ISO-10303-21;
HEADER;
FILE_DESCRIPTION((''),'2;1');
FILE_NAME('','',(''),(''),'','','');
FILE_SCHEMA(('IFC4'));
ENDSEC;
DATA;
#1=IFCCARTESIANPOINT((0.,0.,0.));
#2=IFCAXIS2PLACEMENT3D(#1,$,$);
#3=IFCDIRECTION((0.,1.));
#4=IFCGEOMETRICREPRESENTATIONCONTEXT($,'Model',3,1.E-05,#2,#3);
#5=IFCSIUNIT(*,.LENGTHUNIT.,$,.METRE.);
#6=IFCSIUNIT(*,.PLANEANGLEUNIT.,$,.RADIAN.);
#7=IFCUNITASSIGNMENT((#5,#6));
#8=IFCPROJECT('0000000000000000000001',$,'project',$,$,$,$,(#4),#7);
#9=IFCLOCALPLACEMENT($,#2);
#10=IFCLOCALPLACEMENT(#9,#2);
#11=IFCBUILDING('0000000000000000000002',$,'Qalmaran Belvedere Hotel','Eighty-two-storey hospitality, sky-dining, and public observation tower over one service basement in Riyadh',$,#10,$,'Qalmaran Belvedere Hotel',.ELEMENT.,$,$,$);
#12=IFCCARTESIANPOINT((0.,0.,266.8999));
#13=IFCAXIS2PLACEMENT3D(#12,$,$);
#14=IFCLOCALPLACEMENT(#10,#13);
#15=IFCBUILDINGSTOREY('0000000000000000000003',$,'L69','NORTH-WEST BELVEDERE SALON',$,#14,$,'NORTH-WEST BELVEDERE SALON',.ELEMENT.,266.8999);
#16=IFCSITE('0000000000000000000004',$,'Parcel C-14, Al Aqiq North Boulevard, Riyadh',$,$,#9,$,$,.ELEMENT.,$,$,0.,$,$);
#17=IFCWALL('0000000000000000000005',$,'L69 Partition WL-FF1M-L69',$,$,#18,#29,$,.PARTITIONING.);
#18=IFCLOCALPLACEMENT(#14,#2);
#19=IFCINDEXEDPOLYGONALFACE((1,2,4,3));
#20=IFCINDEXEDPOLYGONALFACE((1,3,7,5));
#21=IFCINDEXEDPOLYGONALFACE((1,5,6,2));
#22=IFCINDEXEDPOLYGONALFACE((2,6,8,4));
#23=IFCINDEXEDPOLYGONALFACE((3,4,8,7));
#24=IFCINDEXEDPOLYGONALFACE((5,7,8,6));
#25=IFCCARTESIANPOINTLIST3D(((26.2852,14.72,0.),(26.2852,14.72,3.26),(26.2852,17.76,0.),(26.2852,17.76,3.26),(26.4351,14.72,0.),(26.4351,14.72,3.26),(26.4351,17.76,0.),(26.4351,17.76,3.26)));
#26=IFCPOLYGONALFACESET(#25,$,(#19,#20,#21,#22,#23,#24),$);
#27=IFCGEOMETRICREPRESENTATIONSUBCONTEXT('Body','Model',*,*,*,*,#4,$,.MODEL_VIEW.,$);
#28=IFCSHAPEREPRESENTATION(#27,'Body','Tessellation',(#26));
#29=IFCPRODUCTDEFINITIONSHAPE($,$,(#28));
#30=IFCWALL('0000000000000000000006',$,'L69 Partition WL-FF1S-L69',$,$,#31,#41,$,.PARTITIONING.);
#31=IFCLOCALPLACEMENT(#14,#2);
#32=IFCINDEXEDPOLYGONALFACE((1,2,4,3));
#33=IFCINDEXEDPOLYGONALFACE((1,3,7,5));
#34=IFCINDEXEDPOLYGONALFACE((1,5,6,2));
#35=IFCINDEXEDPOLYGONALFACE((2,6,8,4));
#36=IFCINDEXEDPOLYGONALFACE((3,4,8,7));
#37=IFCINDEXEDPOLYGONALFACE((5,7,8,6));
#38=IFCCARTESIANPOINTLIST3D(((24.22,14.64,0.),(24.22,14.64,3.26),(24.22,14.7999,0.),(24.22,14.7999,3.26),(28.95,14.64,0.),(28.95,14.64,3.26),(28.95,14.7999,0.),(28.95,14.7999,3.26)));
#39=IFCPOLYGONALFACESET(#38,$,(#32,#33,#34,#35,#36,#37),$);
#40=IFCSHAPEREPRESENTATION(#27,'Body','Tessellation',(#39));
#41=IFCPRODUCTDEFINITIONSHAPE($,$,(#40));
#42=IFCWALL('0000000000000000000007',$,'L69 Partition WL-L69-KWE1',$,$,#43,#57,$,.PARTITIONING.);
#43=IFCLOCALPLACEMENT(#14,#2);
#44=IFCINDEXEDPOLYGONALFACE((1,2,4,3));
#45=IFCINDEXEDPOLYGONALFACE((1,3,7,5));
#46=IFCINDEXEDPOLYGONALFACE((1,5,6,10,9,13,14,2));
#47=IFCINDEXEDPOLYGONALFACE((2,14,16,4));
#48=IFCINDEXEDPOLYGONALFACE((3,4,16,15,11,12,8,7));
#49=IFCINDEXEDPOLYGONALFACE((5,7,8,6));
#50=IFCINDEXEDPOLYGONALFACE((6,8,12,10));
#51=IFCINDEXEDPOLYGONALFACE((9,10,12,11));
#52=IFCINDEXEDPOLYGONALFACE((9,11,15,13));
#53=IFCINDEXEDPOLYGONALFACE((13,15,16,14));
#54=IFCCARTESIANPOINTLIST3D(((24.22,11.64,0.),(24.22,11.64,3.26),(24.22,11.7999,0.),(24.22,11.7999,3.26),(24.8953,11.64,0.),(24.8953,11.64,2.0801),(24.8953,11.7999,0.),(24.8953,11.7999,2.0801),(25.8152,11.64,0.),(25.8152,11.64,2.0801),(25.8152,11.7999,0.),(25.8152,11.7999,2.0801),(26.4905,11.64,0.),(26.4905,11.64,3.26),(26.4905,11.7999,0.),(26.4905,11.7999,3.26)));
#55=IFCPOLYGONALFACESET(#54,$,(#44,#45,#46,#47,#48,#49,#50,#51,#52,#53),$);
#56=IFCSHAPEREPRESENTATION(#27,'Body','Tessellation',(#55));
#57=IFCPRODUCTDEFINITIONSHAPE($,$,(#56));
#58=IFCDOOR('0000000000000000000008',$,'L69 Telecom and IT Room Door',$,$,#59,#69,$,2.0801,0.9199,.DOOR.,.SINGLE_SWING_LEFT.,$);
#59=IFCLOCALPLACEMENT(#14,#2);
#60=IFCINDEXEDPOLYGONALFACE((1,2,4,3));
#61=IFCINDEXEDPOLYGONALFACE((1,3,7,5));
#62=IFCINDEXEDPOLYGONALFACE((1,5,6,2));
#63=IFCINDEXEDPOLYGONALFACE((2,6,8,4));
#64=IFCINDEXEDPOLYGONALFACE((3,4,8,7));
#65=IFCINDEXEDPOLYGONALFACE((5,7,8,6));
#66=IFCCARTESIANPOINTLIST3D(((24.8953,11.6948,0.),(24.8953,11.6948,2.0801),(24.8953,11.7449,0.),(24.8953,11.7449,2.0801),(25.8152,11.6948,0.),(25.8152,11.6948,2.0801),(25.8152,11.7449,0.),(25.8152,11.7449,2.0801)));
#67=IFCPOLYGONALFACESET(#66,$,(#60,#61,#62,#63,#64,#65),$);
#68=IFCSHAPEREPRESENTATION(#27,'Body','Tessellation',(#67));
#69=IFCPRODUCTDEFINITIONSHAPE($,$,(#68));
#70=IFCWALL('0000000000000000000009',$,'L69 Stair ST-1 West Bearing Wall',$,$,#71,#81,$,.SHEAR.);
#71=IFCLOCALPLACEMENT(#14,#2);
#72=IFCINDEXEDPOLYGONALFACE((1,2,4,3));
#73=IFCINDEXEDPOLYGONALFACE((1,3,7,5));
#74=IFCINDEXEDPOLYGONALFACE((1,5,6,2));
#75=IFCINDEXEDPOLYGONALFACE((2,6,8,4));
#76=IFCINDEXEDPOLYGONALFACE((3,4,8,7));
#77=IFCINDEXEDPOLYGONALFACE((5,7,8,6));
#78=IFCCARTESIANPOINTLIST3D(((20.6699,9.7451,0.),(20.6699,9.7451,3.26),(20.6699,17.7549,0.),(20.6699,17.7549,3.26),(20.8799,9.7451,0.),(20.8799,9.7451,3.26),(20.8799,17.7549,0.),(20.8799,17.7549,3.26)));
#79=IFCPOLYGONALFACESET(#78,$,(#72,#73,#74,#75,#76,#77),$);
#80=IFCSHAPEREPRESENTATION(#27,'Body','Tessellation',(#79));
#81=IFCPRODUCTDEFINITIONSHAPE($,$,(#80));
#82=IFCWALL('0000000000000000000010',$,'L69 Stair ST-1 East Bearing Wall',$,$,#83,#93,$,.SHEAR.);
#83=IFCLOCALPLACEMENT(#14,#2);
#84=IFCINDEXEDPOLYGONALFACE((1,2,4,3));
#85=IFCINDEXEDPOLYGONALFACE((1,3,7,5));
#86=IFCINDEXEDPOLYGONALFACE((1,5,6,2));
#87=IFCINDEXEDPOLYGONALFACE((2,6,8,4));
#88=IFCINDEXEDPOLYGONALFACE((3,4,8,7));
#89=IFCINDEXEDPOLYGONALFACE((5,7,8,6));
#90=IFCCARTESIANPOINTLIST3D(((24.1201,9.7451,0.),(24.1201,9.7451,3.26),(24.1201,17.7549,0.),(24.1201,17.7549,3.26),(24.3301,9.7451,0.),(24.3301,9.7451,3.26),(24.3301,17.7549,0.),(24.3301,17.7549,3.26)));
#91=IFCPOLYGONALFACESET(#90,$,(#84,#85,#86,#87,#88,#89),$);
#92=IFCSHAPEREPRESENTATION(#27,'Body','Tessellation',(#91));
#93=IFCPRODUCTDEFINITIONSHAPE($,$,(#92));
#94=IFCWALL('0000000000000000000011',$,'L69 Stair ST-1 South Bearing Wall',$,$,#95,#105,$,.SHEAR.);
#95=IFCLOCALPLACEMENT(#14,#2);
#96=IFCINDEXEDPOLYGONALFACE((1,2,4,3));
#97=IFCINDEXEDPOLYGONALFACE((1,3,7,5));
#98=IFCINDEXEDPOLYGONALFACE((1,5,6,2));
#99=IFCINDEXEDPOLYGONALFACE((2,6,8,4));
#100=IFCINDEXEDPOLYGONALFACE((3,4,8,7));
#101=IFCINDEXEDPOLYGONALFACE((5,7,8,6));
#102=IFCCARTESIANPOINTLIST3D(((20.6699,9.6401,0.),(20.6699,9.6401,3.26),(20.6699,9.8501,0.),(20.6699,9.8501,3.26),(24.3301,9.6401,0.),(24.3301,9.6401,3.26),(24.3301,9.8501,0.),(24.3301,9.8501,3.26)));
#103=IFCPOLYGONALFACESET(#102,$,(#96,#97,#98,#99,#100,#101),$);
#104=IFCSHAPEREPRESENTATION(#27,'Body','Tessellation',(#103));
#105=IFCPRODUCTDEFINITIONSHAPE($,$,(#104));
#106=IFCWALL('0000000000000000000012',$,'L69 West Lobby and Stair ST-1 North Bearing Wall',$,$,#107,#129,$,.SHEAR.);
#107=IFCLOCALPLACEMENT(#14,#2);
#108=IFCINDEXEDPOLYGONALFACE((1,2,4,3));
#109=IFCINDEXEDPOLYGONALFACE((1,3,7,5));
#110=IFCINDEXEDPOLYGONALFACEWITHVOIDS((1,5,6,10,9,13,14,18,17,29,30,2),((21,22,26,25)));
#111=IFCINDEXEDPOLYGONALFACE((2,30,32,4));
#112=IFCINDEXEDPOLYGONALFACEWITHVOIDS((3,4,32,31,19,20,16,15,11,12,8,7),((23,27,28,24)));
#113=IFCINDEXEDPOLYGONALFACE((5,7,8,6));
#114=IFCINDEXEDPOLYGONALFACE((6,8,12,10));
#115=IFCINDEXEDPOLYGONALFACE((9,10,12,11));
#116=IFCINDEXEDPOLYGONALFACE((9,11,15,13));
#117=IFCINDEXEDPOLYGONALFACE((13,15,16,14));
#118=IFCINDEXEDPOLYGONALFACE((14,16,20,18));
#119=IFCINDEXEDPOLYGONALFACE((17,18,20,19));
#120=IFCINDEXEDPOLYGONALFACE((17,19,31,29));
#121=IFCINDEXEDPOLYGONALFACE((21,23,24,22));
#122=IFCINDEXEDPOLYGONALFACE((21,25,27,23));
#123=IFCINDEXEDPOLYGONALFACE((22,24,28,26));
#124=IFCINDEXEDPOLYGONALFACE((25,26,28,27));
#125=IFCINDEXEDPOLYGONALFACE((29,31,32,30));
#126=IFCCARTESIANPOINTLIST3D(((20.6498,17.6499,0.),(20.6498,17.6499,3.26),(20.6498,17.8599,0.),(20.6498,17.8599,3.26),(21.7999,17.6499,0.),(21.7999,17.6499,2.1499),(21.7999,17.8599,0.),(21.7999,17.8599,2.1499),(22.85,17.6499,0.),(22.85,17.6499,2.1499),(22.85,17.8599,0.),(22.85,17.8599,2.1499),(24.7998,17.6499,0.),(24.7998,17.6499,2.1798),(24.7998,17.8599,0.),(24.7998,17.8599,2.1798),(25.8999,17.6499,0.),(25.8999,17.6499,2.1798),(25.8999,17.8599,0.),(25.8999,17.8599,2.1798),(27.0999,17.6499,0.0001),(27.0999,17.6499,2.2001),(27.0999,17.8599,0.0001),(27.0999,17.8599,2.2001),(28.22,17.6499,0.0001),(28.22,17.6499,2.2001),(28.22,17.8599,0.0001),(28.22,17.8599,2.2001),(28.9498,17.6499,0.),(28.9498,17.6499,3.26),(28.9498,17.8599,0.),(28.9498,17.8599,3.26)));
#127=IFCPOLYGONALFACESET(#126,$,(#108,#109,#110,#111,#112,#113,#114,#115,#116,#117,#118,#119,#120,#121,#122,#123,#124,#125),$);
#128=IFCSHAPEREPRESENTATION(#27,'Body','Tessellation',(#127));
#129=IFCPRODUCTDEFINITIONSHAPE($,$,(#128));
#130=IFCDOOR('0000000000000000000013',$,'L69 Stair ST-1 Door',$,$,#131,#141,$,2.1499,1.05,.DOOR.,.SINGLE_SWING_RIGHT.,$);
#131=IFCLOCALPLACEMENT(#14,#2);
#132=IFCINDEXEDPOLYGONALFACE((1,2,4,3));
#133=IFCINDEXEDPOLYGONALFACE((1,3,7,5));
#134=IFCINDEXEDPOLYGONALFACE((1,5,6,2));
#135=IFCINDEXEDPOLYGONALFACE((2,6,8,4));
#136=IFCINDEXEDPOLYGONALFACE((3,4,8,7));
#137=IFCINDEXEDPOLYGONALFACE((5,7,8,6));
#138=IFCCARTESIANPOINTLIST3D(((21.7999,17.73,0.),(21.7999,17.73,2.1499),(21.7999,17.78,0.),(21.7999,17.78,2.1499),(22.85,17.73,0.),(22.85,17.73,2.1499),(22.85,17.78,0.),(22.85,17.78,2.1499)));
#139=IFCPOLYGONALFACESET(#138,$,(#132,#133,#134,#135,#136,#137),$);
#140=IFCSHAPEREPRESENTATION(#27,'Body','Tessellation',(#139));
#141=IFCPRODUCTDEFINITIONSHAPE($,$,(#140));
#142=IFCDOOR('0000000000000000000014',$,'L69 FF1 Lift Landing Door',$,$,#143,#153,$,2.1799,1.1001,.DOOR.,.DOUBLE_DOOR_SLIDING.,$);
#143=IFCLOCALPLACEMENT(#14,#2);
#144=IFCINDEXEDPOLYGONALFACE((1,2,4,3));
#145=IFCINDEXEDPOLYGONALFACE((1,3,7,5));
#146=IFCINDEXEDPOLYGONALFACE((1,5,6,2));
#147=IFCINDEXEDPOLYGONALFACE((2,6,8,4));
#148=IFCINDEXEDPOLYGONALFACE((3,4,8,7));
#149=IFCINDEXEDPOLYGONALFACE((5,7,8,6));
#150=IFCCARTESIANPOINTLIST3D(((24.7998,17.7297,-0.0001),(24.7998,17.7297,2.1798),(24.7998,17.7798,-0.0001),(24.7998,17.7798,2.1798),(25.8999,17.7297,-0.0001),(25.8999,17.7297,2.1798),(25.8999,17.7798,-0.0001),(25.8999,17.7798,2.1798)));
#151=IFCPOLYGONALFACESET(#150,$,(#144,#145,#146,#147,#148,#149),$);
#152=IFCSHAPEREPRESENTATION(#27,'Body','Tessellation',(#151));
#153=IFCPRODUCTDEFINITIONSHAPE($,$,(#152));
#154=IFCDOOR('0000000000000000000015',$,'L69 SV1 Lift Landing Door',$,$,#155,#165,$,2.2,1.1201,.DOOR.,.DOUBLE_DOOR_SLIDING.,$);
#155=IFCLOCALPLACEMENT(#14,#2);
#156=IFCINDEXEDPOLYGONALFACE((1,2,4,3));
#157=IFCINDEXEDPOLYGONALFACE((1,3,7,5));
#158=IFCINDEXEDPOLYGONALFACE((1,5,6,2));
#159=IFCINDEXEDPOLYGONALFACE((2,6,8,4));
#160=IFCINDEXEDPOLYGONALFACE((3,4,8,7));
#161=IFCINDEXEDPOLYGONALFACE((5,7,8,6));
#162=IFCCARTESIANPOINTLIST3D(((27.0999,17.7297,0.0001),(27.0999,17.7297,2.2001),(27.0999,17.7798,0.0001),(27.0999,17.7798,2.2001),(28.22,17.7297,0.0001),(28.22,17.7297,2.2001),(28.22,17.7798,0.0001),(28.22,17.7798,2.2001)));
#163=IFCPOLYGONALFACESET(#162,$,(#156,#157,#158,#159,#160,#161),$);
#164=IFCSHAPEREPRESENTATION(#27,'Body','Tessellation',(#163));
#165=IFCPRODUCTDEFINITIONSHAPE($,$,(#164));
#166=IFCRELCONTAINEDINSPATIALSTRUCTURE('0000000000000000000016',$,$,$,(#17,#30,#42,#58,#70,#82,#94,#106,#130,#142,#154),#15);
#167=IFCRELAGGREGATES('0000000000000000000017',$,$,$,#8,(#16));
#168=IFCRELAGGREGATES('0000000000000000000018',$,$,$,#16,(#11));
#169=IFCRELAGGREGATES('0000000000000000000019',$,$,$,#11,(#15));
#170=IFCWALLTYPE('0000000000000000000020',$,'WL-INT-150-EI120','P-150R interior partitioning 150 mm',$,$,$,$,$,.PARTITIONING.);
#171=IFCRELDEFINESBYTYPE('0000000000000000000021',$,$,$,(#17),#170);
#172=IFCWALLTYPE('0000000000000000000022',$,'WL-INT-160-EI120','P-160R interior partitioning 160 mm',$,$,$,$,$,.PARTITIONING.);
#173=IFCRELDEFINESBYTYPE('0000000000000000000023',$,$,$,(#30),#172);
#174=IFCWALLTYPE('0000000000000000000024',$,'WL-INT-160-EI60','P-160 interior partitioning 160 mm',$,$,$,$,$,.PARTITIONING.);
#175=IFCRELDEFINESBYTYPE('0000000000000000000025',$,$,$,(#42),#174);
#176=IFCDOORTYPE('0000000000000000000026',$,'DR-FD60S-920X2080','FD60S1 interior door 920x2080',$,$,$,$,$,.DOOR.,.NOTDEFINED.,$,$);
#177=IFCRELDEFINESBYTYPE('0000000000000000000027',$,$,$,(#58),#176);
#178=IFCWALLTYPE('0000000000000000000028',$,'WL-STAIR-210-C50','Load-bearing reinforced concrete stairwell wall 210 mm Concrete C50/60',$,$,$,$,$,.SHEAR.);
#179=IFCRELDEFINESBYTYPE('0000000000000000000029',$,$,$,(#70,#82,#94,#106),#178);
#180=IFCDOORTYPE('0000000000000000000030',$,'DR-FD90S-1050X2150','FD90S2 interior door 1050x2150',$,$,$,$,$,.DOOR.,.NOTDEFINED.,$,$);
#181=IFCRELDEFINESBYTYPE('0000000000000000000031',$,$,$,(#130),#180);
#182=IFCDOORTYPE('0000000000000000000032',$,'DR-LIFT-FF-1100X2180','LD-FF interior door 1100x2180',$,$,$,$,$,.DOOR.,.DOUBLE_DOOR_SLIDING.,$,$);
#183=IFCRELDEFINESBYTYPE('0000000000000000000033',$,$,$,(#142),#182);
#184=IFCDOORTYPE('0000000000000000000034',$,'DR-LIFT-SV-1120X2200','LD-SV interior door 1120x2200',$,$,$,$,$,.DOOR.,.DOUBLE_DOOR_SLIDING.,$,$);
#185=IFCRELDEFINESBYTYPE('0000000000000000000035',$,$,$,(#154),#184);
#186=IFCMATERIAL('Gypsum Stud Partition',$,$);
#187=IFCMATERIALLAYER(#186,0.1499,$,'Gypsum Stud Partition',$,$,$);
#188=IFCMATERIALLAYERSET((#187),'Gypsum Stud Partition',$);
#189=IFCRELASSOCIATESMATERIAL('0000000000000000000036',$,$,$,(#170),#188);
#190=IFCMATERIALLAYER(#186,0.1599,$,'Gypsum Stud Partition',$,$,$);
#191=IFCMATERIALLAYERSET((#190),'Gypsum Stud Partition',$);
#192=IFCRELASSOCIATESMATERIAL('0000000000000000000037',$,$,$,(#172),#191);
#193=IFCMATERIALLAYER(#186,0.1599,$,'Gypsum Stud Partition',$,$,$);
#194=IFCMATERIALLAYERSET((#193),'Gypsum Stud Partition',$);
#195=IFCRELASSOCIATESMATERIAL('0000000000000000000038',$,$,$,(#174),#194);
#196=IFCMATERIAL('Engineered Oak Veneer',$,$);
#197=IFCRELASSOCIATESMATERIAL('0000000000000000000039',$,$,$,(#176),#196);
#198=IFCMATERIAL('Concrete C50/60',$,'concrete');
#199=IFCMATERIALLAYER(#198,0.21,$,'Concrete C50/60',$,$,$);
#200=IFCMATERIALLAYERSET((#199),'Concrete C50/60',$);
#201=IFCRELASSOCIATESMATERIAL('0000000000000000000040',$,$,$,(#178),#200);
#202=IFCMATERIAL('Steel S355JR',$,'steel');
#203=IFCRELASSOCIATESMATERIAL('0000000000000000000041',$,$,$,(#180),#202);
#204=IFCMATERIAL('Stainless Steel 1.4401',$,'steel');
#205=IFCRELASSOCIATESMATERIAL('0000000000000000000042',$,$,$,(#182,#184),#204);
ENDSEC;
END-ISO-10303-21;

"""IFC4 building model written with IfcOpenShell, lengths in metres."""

from ifc_helpers import new_model, si_unit, direction, frame, frame_2d, origin, place, context, subcontext, project, spatial, rectangle, extrude, material, layer, layer_set, type_object, element, fill, save


model = new_model("IFC4")

# Units and contexts
model_context = context("Model", 3, precision=1e-05, world=origin(), true_north=direction((0.0, 1.0)))
body_context = subcontext(model_context, "Body", "Model", "MODEL_VIEW")
ifc_project = project(units=[si_unit("LENGTHUNIT", "METRE"), si_unit("PLANEANGLEUNIT", "RADIAN")], contexts=[model_context])

# Site, building, storey
site_placement = place(None, origin())
site = spatial("IfcSite", under=ifc_project, at=site_placement, Name="Parcel C-14, Al Aqiq North Boulevard, Riyadh", CompositionType="ELEMENT", RefElevation=0.0)
building_placement = place(site_placement, origin())
building = spatial("IfcBuilding", under=site, at=building_placement, Name="Qalmaran Belvedere Hotel", Description="Eighty-two-storey hospitality, sky-dining, and public observation tower over one service basement in Riyadh", LongName="Qalmaran Belvedere Hotel", CompositionType="ELEMENT")
storey_placement = place(building_placement, frame((0.0, 0.0, 266.8999)))
storey = spatial("IfcBuildingStorey", under=building, at=storey_placement, Name="L69", Description="NORTH-WEST BELVEDERE SALON", LongName="NORTH-WEST BELVEDERE SALON", CompositionType="ELEMENT", Elevation=266.8999)

# Walls
ifc_material_1 = material(Name="Gypsum Stud Partition")
ifc_layer_1 = layer(ifc_material_1, 0.1499, Name="Gypsum Stud Partition")
ifc_layer_set_1 = layer_set([ifc_layer_1], Name="Gypsum Stud Partition")
wall_type_1 = type_object("IfcWallType", Name="WL-INT-150-EI120", Description="P-150R interior partitioning 150 mm", PredefinedType="PARTITIONING", material=ifc_layer_set_1)
wall_1_placement = place(storey_placement, frame((26.3601, 14.72, 0.0), z_axis=(0.0, 0.0, 1.0), x_axis=(0.0, 1.0, 0.0)))
element("IfcWall", 1, at=wall_1_placement, inside=storey, type_object=wall_type_1, Name="L69 Partition WL-FF1M-L69", PredefinedType="PARTITIONING", context=body_context, shape_type="SweptSolid", body=[
    extrude(rectangle(XDim=3.04, YDim=0.1499, at=frame_2d((1.52, 0.0))), origin(), (0.0, 0.0, 1.0), 3.26),
])
ifc_layer_2 = layer(ifc_material_1, 0.1599, Name="Gypsum Stud Partition")
ifc_layer_set_2 = layer_set([ifc_layer_2], Name="Gypsum Stud Partition")
wall_type_2 = type_object("IfcWallType", Name="WL-INT-160-EI120", Description="P-160R interior partitioning 160 mm", PredefinedType="PARTITIONING", material=ifc_layer_set_2)
wall_2_placement = place(storey_placement, frame((24.22, 14.72, 0.0), z_axis=(0.0, 0.0, 1.0), x_axis=(1.0, 0.0, 0.0)))
element("IfcWall", 2, at=wall_2_placement, inside=storey, type_object=wall_type_2, Name="L69 Partition WL-FF1S-L69", PredefinedType="PARTITIONING", context=body_context, shape_type="SweptSolid", body=[
    extrude(rectangle(XDim=4.73, YDim=0.1599, at=frame_2d((2.365, 0.0))), origin(), (0.0, 0.0, 1.0), 3.26),
])

# Wall, opening, door
ifc_material_2 = material(Name="Steel S355JR", Category="steel")
ifc_layer_3 = layer(ifc_material_1, 0.1599, Name="Gypsum Stud Partition")
ifc_layer_set_3 = layer_set([ifc_layer_3], Name="Gypsum Stud Partition")
wall_type_3 = type_object("IfcWallType", Name="WL-INT-160-EI60", Description="P-160 interior partitioning 160 mm", PredefinedType="PARTITIONING", material=ifc_layer_set_3)
wall_3_placement = place(storey_placement, frame((24.22, 11.72, 0.0), z_axis=(0.0, 0.0, 1.0), x_axis=(1.0, 0.0, 0.0)))
wall_3 = element("IfcWall", 3, at=wall_3_placement, inside=storey, type_object=wall_type_3, Name="L69 Partition WL-L69-KWE1", PredefinedType="PARTITIONING", context=body_context, shape_type="SweptSolid", body=[
    extrude(rectangle(XDim=2.2705, YDim=0.1599, at=frame_2d((1.1353, 0.0))), origin(), (0.0, 0.0, 1.0), 3.26),
])
opening_1_placement = place(wall_3_placement, frame((0.6753, 0.0, 0.0)))
opening_1 = element("IfcOpeningElement", 4, at=opening_1_placement, cuts=wall_3, PredefinedType="OPENING", context=body_context, shape_type="SweptSolid", body=[
    extrude(rectangle(XDim=0.9199, YDim=2.0801, at=frame_2d((0.46, 1.04))), frame((0.0, 0.0898, 0.0), z_axis=(0.0, -1.0, 0.0), x_axis=(1.0, 0.0, 0.0)), (0.0, 0.0, 1.0), 0.1799),
])
ifc_material_3 = material(Name="Engineered Oak Veneer")
door_type_1 = type_object("IfcDoorType", Name="DR-FD60S-920X2080", Description="FD60S1 interior door 920x2080", OperationType="NOTDEFINED", PredefinedType="DOOR", material=ifc_material_3)
door_1_placement = place(opening_1_placement, origin())
door_1 = element("IfcDoor", 5, at=door_1_placement, inside=storey, type_object=door_type_1, Name="L69 Telecom and IT Room Door", OperationType="SINGLE_SWING_LEFT", OverallHeight=2.0801, OverallWidth=0.9199, PredefinedType="DOOR", context=body_context, shape_type="SweptSolid", body=[
    extrude(rectangle(XDim=0.9199, YDim=2.0801, at=frame_2d((0.46, 1.04))), frame((0.0, 0.0249, 0.0), z_axis=(0.0, -1.0, 0.0), x_axis=(1.0, 0.0, 0.0)), (0.0, 0.0, 1.0), 0.05),
])
fill(opening_1, door_1)

# Walls
ifc_material_4 = material(Name="Concrete C50/60", Category="concrete")
ifc_layer_4 = layer(ifc_material_4, 0.21, Name="Concrete C50/60")
ifc_layer_set_4 = layer_set([ifc_layer_4], Name="Concrete C50/60")
wall_type_4 = type_object("IfcWallType", Name="WL-STAIR-210-C50", Description="Load-bearing reinforced concrete stairwell wall 210 mm Concrete C50/60", PredefinedType="SHEAR", material=ifc_layer_set_4)
for number, where, z_axis, x_axis, name in (
    (6, (20.7749, 9.7451, 0.0), (0.0, 0.0, 1.0), (0.0, 1.0, 0.0), "L69 Stair ST-1 West Bearing Wall"),
    (7, (24.2251, 9.7451, 0.0), (0.0, 0.0, 1.0), (0.0, 1.0, 0.0), "L69 Stair ST-1 East Bearing Wall"),
):
    element("IfcWall", number, at=place(storey_placement, frame(where, z_axis=z_axis, x_axis=x_axis)), inside=storey, type_object=wall_type_4, Name=name, PredefinedType="SHEAR", context=body_context, shape_type="SweptSolid", body=[
        extrude(rectangle(XDim=8.0098, YDim=0.21, at=frame_2d((4.0049, 0.0))), origin(), (0.0, 0.0, 1.0), 3.26),
    ])
wall_4_placement = place(storey_placement, frame((20.6699, 9.7451, 0.0), z_axis=(0.0, 0.0, 1.0), x_axis=(1.0, 0.0, 0.0)))
element("IfcWall", 8, at=wall_4_placement, inside=storey, type_object=wall_type_4, Name="L69 Stair ST-1 South Bearing Wall", PredefinedType="SHEAR", context=body_context, shape_type="SweptSolid", body=[
    extrude(rectangle(XDim=3.6602, YDim=0.21, at=frame_2d((1.8301, 0.0))), origin(), (0.0, 0.0, 1.0), 3.26),
])

# Wall, openings, doors
wall_5_placement = place(storey_placement, frame((20.6499, 17.7549, 0.0), z_axis=(0.0, 0.0, 1.0), x_axis=(1.0, 0.0, 0.0)))
wall_5 = element("IfcWall", 9, at=wall_5_placement, inside=storey, type_object=wall_type_4, Name="L69 West Lobby and Stair ST-1 North Bearing Wall", PredefinedType="SHEAR", context=body_context, shape_type="SweptSolid", body=[
    extrude(rectangle(XDim=8.3, YDim=0.21, at=frame_2d((4.1499, 0.0))), origin(), (0.0, 0.0, 1.0), 3.26),
])
opening_2_placement = place(wall_5_placement, frame((2.2, 0.0, 0.0), z_axis=(0.0, 0.0, 1.0), x_axis=(-1.0, 0.0, 0.0)))
opening_2 = element("IfcOpeningElement", 10, at=opening_2_placement, cuts=wall_5, PredefinedType="OPENING", context=body_context, shape_type="SweptSolid", body=[
    extrude(rectangle(XDim=1.05, YDim=2.1499, at=frame_2d((0.5249, 1.075))), frame((0.0, 0.115, 0.0), z_axis=(0.0, -1.0, 0.0), x_axis=(1.0, 0.0, 0.0)), (0.0, 0.0, 1.0), 0.23),
])
opening_3_placement = place(wall_5_placement, frame((4.1499, 0.0, 0.0)))
opening_3 = element("IfcOpeningElement", 11, at=opening_3_placement, cuts=wall_5, PredefinedType="OPENING", context=body_context, shape_type="SweptSolid", body=[
    extrude(rectangle(XDim=1.1001, YDim=2.1799, at=frame_2d((0.55, 1.0898))), frame((0.0, 0.115, 0.0), z_axis=(0.0, -1.0, 0.0), x_axis=(1.0, 0.0, 0.0)), (0.0, 0.0, 1.0), 0.23),
])
opening_4_placement = place(wall_5_placement, frame((6.45, 0.0, 0.0)))
opening_4 = element("IfcOpeningElement", 12, at=opening_4_placement, cuts=wall_5, PredefinedType="OPENING", context=body_context, shape_type="SweptSolid", body=[
    extrude(rectangle(XDim=1.1201, YDim=2.2, at=frame_2d((0.5601, 1.1001))), frame((0.0, 0.115, 0.0), z_axis=(0.0, -1.0, 0.0), x_axis=(1.0, 0.0, 0.0)), (0.0, 0.0, 1.0), 0.23),
])
door_type_2 = type_object("IfcDoorType", Name="DR-FD90S-1050X2150", Description="FD90S2 interior door 1050x2150", OperationType="NOTDEFINED", PredefinedType="DOOR", material=ifc_material_2)
door_2_placement = place(opening_2_placement, origin())
door_2 = element("IfcDoor", 13, at=door_2_placement, inside=storey, type_object=door_type_2, Name="L69 Stair ST-1 Door", OperationType="SINGLE_SWING_RIGHT", OverallHeight=2.1499, OverallWidth=1.05, PredefinedType="DOOR", context=body_context, shape_type="SweptSolid", body=[
    extrude(rectangle(XDim=1.05, YDim=2.1499, at=frame_2d((0.5249, 1.075))), frame((0.0, 0.0249, 0.0), z_axis=(0.0, -1.0, 0.0), x_axis=(1.0, 0.0, 0.0)), (0.0, 0.0, 1.0), 0.05),
])
fill(opening_2, door_2)
ifc_material_5 = material(Name="Stainless Steel 1.4401", Category="steel")
door_type_3 = type_object("IfcDoorType", Name="DR-LIFT-FF-1100X2180", Description="LD-FF interior door 1100x2180", OperationType="DOUBLE_DOOR_SLIDING", PredefinedType="DOOR", material=ifc_material_5)
door_3_placement = place(opening_3_placement, origin())
door_3 = element("IfcDoor", 14, at=door_3_placement, inside=storey, type_object=door_type_3, Name="L69 FF1 Lift Landing Door", OperationType="DOUBLE_DOOR_SLIDING", OverallHeight=2.1799, OverallWidth=1.1001, PredefinedType="DOOR", context=body_context, shape_type="SweptSolid", body=[
    extrude(rectangle(XDim=1.1001, YDim=2.1799, at=frame_2d((0.55, 1.0898))), frame((0.0, 0.0249, 0.0), z_axis=(0.0, -1.0, 0.0), x_axis=(1.0, 0.0, 0.0)), (0.0, 0.0, 1.0), 0.05),
])
fill(opening_3, door_3)
door_type_4 = type_object("IfcDoorType", Name="DR-LIFT-SV-1120X2200", Description="LD-SV interior door 1120x2200", OperationType="DOUBLE_DOOR_SLIDING", PredefinedType="DOOR", material=ifc_material_5)
door_4_placement = place(opening_4_placement, origin())
door_4 = element("IfcDoor", 15, at=door_4_placement, inside=storey, type_object=door_type_4, Name="L69 SV1 Lift Landing Door", OperationType="DOUBLE_DOOR_SLIDING", OverallHeight=2.2, OverallWidth=1.1201, PredefinedType="DOOR", context=body_context, shape_type="SweptSolid", body=[
    extrude(rectangle(XDim=1.1201, YDim=2.2, at=frame_2d((0.5601, 1.1001))), frame((0.0, 0.0249, 0.0), z_axis=(0.0, -1.0, 0.0), x_axis=(1.0, 0.0, 0.0)), (0.0, 0.0, 1.0), 0.05),
])
fill(opening_4, door_4)

save(model, "model.ifc")
